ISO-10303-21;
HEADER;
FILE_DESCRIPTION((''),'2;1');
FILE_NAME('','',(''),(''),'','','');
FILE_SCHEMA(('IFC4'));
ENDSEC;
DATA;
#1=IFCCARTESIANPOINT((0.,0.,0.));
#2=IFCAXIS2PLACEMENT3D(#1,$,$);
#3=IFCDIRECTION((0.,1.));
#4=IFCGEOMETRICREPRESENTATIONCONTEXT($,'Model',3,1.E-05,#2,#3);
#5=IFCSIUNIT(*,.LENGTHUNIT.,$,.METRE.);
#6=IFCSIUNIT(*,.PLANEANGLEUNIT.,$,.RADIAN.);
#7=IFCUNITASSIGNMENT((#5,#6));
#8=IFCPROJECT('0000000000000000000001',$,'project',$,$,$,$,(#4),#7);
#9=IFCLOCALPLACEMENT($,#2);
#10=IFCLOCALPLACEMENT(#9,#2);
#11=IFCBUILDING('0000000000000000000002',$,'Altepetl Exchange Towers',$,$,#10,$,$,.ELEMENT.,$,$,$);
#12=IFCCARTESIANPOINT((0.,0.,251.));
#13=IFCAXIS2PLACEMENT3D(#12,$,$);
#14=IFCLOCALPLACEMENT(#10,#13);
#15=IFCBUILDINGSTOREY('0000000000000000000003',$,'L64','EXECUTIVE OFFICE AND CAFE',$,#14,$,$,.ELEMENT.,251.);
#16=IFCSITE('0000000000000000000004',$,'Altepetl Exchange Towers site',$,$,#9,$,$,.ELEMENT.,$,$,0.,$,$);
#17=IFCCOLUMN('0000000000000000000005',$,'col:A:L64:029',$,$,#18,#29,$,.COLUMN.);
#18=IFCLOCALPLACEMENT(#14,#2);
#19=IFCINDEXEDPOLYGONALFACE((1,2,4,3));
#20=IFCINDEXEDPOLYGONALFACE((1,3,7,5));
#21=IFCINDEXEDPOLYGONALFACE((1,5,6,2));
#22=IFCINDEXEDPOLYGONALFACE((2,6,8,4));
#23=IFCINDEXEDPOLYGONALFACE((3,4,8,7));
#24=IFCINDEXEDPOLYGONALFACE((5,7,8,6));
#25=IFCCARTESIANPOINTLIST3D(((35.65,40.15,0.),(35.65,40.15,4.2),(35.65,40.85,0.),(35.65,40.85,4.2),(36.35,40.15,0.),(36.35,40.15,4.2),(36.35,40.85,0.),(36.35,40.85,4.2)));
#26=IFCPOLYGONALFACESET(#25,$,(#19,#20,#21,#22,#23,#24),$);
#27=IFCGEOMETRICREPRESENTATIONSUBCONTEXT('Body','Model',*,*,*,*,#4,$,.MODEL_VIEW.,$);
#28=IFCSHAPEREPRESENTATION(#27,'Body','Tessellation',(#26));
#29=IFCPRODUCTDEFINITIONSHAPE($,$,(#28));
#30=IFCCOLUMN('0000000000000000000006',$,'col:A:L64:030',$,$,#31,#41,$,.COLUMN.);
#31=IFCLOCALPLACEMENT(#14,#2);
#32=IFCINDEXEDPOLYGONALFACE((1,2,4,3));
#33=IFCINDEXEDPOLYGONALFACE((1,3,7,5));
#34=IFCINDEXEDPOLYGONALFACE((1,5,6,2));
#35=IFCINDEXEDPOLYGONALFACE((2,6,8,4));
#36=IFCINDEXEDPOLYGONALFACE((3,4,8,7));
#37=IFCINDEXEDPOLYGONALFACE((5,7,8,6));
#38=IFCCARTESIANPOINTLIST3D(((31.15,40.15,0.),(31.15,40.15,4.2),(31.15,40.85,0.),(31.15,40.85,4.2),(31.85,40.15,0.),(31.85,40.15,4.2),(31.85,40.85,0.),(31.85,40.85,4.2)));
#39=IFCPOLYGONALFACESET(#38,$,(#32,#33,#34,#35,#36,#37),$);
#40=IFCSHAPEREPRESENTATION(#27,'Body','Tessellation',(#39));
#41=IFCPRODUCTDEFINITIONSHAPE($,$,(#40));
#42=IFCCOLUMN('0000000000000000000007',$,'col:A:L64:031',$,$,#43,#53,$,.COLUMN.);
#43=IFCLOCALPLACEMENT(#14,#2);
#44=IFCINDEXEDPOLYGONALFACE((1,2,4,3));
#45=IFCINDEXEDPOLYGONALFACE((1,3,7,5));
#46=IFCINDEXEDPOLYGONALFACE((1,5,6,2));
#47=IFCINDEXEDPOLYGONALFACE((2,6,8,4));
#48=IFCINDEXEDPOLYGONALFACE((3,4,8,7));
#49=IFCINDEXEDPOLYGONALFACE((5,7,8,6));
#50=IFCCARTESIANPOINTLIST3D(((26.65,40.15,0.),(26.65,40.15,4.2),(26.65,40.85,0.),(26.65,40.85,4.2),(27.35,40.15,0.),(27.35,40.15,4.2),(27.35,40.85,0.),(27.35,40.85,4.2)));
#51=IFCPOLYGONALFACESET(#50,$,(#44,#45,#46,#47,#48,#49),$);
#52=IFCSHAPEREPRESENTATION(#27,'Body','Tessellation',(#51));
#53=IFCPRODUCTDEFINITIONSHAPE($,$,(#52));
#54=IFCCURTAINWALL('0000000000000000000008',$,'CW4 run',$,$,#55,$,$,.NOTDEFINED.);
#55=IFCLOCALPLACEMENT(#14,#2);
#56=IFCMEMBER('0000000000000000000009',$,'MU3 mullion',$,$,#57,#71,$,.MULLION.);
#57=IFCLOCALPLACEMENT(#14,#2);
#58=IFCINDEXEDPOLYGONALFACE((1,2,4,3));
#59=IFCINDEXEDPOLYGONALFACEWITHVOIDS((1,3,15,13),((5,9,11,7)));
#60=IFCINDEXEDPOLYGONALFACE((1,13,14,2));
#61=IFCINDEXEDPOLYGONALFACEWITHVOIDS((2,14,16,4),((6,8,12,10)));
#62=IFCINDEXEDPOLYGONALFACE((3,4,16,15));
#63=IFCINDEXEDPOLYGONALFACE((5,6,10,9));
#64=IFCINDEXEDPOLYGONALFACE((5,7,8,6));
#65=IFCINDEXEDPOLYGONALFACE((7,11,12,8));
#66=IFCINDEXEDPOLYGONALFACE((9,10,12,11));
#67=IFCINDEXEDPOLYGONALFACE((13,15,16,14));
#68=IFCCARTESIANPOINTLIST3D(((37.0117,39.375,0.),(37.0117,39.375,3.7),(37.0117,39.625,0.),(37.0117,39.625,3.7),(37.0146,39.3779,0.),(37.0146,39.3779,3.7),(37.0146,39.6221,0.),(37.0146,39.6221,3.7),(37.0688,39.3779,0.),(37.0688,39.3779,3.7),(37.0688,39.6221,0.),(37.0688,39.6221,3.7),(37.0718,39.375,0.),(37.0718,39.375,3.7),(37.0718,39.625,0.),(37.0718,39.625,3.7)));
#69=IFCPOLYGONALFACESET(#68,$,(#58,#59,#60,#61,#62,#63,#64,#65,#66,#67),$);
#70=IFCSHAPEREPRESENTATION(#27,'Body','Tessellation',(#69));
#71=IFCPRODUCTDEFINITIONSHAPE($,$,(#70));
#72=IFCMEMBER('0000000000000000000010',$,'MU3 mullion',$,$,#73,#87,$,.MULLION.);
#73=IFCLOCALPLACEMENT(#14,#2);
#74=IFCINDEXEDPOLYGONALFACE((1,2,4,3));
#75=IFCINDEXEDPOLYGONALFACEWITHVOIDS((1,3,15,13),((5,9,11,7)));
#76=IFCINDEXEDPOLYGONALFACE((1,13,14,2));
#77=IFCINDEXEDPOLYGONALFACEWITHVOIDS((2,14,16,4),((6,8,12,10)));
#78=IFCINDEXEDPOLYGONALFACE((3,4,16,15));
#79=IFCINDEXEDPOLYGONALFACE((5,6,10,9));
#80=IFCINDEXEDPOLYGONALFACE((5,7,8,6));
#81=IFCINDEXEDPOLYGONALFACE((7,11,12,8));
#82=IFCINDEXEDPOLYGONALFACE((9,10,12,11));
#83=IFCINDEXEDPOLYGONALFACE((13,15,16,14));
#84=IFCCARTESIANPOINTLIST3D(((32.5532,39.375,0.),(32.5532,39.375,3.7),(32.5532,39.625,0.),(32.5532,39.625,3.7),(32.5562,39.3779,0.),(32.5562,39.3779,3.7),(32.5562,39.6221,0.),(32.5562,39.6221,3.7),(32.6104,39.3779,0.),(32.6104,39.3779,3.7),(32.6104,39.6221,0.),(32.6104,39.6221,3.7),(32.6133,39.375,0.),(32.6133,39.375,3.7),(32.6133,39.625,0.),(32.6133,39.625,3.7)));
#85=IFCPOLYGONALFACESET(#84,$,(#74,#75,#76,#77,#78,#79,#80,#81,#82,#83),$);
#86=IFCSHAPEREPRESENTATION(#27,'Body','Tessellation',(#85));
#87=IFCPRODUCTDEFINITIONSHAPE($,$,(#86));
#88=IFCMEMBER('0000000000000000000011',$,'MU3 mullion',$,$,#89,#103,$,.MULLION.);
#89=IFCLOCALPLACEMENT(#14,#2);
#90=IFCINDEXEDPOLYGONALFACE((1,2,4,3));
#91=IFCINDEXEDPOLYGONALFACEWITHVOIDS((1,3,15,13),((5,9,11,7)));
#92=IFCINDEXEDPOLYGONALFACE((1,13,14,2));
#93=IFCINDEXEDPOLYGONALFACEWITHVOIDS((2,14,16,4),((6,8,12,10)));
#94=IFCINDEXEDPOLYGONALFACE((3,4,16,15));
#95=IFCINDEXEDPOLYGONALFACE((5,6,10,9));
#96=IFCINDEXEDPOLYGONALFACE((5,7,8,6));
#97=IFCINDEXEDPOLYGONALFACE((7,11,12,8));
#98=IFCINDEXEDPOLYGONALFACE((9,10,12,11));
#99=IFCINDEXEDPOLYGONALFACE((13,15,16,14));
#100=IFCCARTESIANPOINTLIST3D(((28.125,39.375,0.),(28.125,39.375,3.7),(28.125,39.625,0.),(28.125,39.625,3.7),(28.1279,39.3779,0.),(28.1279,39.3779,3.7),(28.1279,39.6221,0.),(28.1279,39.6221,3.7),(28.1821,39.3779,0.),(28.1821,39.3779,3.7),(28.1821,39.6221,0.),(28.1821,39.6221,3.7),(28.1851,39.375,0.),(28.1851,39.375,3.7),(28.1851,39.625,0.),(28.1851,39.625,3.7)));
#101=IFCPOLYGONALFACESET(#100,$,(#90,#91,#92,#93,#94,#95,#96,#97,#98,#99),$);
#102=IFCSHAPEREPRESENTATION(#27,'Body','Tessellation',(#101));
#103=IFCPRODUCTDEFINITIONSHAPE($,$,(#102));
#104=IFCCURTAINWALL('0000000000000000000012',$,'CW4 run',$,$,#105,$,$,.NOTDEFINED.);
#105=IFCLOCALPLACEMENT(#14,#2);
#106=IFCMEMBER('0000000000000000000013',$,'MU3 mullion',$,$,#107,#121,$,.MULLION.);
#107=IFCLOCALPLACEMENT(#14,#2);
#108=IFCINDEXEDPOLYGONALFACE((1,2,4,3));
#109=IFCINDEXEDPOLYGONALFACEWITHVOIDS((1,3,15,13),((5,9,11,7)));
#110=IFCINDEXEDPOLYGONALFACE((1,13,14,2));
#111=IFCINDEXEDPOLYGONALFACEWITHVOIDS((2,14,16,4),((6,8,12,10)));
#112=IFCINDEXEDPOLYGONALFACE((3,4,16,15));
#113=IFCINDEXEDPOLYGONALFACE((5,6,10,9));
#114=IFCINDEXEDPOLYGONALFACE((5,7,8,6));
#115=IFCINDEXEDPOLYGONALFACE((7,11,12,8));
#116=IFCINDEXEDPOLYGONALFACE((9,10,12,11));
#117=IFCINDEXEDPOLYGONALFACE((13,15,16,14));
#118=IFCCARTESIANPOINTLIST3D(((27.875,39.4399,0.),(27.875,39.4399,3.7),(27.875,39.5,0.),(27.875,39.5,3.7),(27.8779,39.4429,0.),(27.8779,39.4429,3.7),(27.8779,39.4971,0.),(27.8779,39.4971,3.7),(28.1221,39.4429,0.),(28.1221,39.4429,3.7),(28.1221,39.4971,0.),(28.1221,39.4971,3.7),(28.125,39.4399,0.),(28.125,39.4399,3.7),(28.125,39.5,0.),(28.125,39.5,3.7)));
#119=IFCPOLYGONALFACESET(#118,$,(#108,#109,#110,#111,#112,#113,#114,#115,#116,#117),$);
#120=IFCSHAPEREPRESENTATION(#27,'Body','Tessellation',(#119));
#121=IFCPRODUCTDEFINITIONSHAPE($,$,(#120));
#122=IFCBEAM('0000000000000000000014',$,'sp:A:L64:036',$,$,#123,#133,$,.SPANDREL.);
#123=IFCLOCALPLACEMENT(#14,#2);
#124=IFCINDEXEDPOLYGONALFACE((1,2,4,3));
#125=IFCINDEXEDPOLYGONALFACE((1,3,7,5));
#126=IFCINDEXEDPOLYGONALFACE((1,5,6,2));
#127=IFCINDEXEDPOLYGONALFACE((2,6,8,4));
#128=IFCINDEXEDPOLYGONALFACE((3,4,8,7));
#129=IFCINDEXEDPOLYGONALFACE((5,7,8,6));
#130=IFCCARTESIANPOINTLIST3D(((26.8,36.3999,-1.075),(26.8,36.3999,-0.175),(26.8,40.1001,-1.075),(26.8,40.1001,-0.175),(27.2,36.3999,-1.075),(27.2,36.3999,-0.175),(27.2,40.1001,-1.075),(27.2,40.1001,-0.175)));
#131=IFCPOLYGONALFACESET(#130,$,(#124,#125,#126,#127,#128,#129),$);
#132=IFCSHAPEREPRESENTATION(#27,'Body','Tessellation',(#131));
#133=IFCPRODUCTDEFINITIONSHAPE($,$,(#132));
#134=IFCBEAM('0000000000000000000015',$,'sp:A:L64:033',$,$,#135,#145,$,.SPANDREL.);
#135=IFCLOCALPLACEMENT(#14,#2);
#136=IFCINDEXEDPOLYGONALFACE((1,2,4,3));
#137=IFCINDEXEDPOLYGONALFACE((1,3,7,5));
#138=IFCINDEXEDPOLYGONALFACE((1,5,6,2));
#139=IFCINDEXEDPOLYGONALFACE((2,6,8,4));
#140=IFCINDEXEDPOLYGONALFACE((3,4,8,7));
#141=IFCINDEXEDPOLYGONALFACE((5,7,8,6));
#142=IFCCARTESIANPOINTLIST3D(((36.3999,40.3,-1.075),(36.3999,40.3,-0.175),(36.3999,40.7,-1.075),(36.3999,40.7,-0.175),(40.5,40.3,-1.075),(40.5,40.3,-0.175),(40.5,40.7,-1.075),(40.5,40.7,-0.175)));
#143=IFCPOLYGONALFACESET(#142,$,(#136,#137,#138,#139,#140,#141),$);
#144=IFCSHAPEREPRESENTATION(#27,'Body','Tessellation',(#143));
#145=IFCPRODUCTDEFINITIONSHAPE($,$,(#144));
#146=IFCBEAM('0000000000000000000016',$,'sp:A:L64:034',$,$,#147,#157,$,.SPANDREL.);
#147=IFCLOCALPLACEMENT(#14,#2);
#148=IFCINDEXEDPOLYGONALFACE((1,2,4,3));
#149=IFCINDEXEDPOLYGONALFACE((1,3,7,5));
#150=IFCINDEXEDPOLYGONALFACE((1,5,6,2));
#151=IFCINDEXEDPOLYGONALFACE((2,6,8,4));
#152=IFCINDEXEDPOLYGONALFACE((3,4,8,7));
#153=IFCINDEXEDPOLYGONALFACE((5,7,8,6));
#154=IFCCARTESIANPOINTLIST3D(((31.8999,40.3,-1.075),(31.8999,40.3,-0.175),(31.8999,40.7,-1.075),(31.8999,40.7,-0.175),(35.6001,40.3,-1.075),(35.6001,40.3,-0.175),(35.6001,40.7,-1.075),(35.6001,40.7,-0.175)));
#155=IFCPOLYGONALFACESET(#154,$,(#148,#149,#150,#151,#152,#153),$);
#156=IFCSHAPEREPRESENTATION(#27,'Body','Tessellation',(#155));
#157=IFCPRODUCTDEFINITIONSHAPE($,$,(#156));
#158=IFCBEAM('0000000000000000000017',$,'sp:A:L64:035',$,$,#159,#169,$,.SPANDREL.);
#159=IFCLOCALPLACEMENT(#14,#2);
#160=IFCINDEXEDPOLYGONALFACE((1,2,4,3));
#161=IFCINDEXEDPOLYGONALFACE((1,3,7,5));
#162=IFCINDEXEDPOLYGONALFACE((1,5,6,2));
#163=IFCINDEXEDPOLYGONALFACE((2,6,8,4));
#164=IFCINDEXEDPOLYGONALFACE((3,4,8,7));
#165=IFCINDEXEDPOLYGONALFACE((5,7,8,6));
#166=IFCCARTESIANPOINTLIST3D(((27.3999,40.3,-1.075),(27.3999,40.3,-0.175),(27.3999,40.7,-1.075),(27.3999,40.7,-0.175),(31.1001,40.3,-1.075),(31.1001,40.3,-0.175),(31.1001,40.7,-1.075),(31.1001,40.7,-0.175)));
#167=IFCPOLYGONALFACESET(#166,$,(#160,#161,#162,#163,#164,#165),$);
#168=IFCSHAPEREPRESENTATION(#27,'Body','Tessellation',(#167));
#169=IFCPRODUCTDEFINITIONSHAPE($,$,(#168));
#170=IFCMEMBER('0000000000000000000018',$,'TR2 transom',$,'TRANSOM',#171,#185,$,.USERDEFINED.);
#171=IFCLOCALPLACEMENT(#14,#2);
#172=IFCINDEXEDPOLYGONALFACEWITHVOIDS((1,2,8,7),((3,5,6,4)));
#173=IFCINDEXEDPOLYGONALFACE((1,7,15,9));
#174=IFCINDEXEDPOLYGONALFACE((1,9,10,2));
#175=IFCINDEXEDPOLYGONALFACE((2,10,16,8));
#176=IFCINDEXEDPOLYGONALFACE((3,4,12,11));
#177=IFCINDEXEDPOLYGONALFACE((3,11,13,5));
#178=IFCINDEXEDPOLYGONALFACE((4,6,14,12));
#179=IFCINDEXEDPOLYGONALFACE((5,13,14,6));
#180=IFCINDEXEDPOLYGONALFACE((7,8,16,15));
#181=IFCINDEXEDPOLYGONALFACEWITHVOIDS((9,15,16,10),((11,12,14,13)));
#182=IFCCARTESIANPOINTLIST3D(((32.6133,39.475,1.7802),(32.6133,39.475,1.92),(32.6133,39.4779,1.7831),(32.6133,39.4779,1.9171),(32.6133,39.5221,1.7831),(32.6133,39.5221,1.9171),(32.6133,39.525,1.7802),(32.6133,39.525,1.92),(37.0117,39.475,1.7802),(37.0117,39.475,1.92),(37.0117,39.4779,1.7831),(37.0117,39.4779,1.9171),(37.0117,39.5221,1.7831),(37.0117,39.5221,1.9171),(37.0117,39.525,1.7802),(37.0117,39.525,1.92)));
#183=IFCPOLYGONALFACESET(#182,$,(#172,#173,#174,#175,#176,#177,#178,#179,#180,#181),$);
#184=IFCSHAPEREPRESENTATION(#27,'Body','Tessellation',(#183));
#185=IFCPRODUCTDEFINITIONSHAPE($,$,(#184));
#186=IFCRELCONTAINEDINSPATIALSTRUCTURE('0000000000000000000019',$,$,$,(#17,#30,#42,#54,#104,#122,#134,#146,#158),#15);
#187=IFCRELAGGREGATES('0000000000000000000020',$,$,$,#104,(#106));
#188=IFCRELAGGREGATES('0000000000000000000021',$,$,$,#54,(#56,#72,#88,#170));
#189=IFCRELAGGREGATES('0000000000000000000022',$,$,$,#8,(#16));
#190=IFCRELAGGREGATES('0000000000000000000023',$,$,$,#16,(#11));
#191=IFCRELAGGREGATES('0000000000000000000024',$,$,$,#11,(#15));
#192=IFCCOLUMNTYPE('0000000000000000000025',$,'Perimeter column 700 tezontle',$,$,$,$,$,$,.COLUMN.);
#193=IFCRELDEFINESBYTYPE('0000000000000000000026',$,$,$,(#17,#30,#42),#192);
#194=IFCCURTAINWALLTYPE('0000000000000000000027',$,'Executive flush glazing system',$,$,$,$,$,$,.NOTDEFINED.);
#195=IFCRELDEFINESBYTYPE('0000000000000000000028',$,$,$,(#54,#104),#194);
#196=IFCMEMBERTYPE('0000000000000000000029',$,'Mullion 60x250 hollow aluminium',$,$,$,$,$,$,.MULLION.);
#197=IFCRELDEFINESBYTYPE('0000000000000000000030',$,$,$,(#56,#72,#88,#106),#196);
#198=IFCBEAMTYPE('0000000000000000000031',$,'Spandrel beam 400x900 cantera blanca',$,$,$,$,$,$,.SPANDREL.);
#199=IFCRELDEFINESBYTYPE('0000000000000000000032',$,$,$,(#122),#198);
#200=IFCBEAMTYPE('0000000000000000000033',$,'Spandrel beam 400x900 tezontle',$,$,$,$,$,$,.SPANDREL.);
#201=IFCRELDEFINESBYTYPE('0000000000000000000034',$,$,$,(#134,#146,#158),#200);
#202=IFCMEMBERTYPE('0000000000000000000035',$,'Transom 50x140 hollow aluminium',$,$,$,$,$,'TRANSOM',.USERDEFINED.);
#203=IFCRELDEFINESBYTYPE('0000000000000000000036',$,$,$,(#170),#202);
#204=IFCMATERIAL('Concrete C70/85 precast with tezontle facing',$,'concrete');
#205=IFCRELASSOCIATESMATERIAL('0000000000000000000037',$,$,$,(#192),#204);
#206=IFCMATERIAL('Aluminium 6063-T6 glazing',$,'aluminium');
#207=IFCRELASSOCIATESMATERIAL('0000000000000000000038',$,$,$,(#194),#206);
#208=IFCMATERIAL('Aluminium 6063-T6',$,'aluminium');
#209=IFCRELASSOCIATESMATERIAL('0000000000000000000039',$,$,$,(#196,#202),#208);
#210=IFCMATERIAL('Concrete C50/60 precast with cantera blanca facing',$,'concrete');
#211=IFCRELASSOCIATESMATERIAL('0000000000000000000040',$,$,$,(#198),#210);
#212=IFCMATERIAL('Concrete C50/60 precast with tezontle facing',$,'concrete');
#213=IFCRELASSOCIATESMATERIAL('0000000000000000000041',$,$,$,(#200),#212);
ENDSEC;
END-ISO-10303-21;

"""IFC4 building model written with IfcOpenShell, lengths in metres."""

from ifc_helpers import new_model, si_unit, direction, frame, origin, origin_2d, place, context, subcontext, project, spatial, rectangle, hollow_rectangle, extrude, material, material_profile, profile_set, type_object, element, aggregate, save


model = new_model("IFC4")

# Units and contexts
model_context = context("Model", 3, precision=1e-05, world=origin(), true_north=direction((0.0, 1.0)))
body_context = subcontext(model_context, "Body", "Model", "MODEL_VIEW")
ifc_project = project(units=[si_unit("LENGTHUNIT", "METRE"), si_unit("PLANEANGLEUNIT", "RADIAN")], contexts=[model_context])

# Site, building, storey
site_placement = place(None, origin())
site = spatial("IfcSite", under=ifc_project, at=site_placement, Name="Altepetl Exchange Towers site", CompositionType="ELEMENT", RefElevation=0.0)
building_placement = place(site_placement, origin())
building = spatial("IfcBuilding", under=site, at=building_placement, Name="Altepetl Exchange Towers", CompositionType="ELEMENT")
storey_placement = place(building_placement, frame((0.0, 0.0, 251.0)))
storey = spatial("IfcBuildingStorey", under=building, at=storey_placement, Name="L64", Description="EXECUTIVE OFFICE AND CAFE", CompositionType="ELEMENT", Elevation=251.0)

# Columns
ifc_material_1 = material(Name="Concrete C70/85 precast with tezontle facing", Category="concrete")
ifc_material_profile_1 = material_profile(ifc_material_1, rectangle(XDim=0.7, YDim=0.7, at=origin_2d()), Name="700 x 700")
ifc_profile_set_1 = profile_set([ifc_material_profile_1], Name="Concrete C70/85 precast with tezontle facing")
column_type = type_object("IfcColumnType", Name="Perimeter column 700 tezontle", PredefinedType="COLUMN", material=ifc_profile_set_1)
for number, where, name in (
    (1, (36.0, 40.5, 0.0), "col:A:L64:029"),
    (2, (31.5, 40.5, 0.0), "col:A:L64:030"),
    (3, (27.0, 40.5, 0.0), "col:A:L64:031"),
):
    element("IfcColumn", number, at=place(storey_placement, frame(where)), inside=storey, type_object=column_type, Name=name, PredefinedType="COLUMN", context=body_context, shape_type="SweptSolid", body=[
        extrude(rectangle(XDim=0.7, YDim=0.7, at=origin_2d()), origin(), (0.0, 0.0, 1.0), 4.2),
    ])

# Curtain wall, members
ifc_material_2 = material(Name="Aluminium 6063-T6 glazing", Category="aluminium")
curtain_wall_type = type_object("IfcCurtainWallType", Name="Executive flush glazing system", PredefinedType="NOTDEFINED", material=ifc_material_2)
curtain_wall_1_placement = place(storey_placement, origin())
curtain_wall_1 = element("IfcCurtainWall", 4, at=curtain_wall_1_placement, inside=storey, type_object=curtain_wall_type, Name="CW4 run", PredefinedType="NOTDEFINED")
ifc_material_3 = material(Name="Aluminium 6063-T6", Category="aluminium")
ifc_material_profile_2 = material_profile(ifc_material_3, hollow_rectangle(XDim=0.0601, YDim=0.25, WallThickness=0.0029, at=origin_2d()), Name="Mullion 60x250 hollow aluminium")
ifc_profile_set_2 = profile_set([ifc_material_profile_2], Name="Aluminium 6063-T6")
member_type_1 = type_object("IfcMemberType", Name="Mullion 60x250 hollow aluminium", PredefinedType="MULLION", material=ifc_profile_set_2)
member_1_placement = place(storey_placement, frame((37.0417, 39.5, 0.0), z_axis=(0.0, 0.0, 1.0), x_axis=(-1.0, 0.0, 0.0)))
member_1 = element("IfcMember", 5, at=member_1_placement, type_object=member_type_1, Name="MU3 mullion", PredefinedType="MULLION", context=body_context, shape_type="SweptSolid", body=[
    extrude(hollow_rectangle(XDim=0.0601, YDim=0.25, WallThickness=0.0029, at=origin_2d()), origin(), (0.0, 0.0, 1.0), 3.7),
])
member_2_placement = place(storey_placement, frame((32.5833, 39.5, 0.0), z_axis=(0.0, 0.0, 1.0), x_axis=(-1.0, 0.0, 0.0)))
member_2 = element("IfcMember", 6, at=member_2_placement, type_object=member_type_1, Name="MU3 mullion", PredefinedType="MULLION", context=body_context, shape_type="SweptSolid", body=[
    extrude(hollow_rectangle(XDim=0.0601, YDim=0.25, WallThickness=0.0029, at=origin_2d()), origin(), (0.0, 0.0, 1.0), 3.7),
])
member_3_placement = place(storey_placement, frame((28.155, 39.5, 0.0), z_axis=(0.0, 0.0, 1.0), x_axis=(-1.0, 0.0, 0.0)))
member_3 = element("IfcMember", 7, at=member_3_placement, type_object=member_type_1, Name="MU3 mullion", PredefinedType="MULLION", context=body_context, shape_type="SweptSolid", body=[
    extrude(hollow_rectangle(XDim=0.0601, YDim=0.25, WallThickness=0.0029, at=origin_2d()), origin(), (0.0, 0.0, 1.0), 3.7),
])

# Curtain wall, member
curtain_wall_2_placement = place(storey_placement, origin())
curtain_wall_2 = element("IfcCurtainWall", 8, at=curtain_wall_2_placement, inside=storey, type_object=curtain_wall_type, Name="CW4 run", PredefinedType="NOTDEFINED")
member_4_placement = place(storey_placement, frame((28.0, 39.47, 0.0), z_axis=(0.0, 0.0, 1.0), x_axis=(0.0, -1.0, 0.0)))
member_4 = element("IfcMember", 9, at=member_4_placement, type_object=member_type_1, Name="MU3 mullion", PredefinedType="MULLION", context=body_context, shape_type="SweptSolid", body=[
    extrude(hollow_rectangle(XDim=0.0601, YDim=0.25, WallThickness=0.0029, at=origin_2d()), origin(), (0.0, 0.0, 1.0), 3.7),
])
aggregate(curtain_wall_2, [member_4])

# Beams
ifc_material_4 = material(Name="Concrete C50/60 precast with cantera blanca facing", Category="concrete")
ifc_material_profile_3 = material_profile(ifc_material_4, rectangle(XDim=0.3999, YDim=0.8999, at=origin_2d()), Name="400 x 900")
ifc_profile_set_3 = profile_set([ifc_material_profile_3], Name="Concrete C50/60 precast with cantera blanca facing")
beam_type_1 = type_object("IfcBeamType", Name="Spandrel beam 400x900 cantera blanca", PredefinedType="SPANDREL", material=ifc_profile_set_3)
beam_1_placement = place(storey_placement, frame((27.0, 40.1001, -0.625), z_axis=(0.0, -1.0, 0.0), x_axis=(1.0, 0.0, 0.0)))
element("IfcBeam", 10, at=beam_1_placement, inside=storey, type_object=beam_type_1, Name="sp:A:L64:036", PredefinedType="SPANDREL", context=body_context, shape_type="SweptSolid", body=[
    extrude(rectangle(XDim=0.3999, YDim=0.8999, at=origin_2d()), origin(), (0.0, 0.0, 1.0), 3.7002),
])
ifc_material_5 = material(Name="Concrete C50/60 precast with tezontle facing", Category="concrete")
ifc_material_profile_4 = material_profile(ifc_material_5, rectangle(XDim=0.3999, YDim=0.8999, at=origin_2d()), Name="400 x 900")
ifc_profile_set_4 = profile_set([ifc_material_profile_4], Name="Concrete C50/60 precast with tezontle facing")
beam_type_2 = type_object("IfcBeamType", Name="Spandrel beam 400x900 tezontle", PredefinedType="SPANDREL", material=ifc_profile_set_4)
beam_2_placement = place(storey_placement, frame((40.5, 40.5, -0.625), z_axis=(-1.0, 0.0, 0.0), x_axis=(0.0, -1.0, 0.0)))
element("IfcBeam", 11, at=beam_2_placement, inside=storey, type_object=beam_type_2, Name="sp:A:L64:033", PredefinedType="SPANDREL", context=body_context, shape_type="SweptSolid", body=[
    extrude(rectangle(XDim=0.3999, YDim=0.8999, at=origin_2d()), origin(), (0.0, 0.0, 1.0), 4.1001),
])
for number, where, z_axis, x_axis, name in (
    (12, (35.6001, 40.5, -0.625), (-1.0, 0.0, 0.0), (0.0, -1.0, 0.0), "sp:A:L64:034"),
    (13, (31.1001, 40.5, -0.625), (-1.0, 0.0, 0.0), (0.0, -1.0, 0.0), "sp:A:L64:035"),
):
    element("IfcBeam", number, at=place(storey_placement, frame(where, z_axis=z_axis, x_axis=x_axis)), inside=storey, type_object=beam_type_2, Name=name, PredefinedType="SPANDREL", context=body_context, shape_type="SweptSolid", body=[
        extrude(rectangle(XDim=0.3999, YDim=0.8999, at=origin_2d()), origin(), (0.0, 0.0, 1.0), 3.7002),
    ])

# Member
ifc_material_profile_5 = material_profile(ifc_material_3, hollow_rectangle(XDim=0.05, YDim=0.1399, WallThickness=0.0029, at=origin_2d()), Name="Transom 50x140 hollow aluminium")
ifc_profile_set_5 = profile_set([ifc_material_profile_5], Name="Aluminium 6063-T6")
member_type_2 = type_object("IfcMemberType", Name="Transom 50x140 hollow aluminium", ElementType="TRANSOM", PredefinedType="USERDEFINED", material=ifc_profile_set_5)
member_5_placement = place(storey_placement, frame((37.0117, 39.5, 1.8501), z_axis=(-1.0, 0.0, 0.0), x_axis=(0.0, -1.0, 0.0)))
member_5 = element("IfcMember", 14, at=member_5_placement, type_object=member_type_2, Name="TR2 transom", ObjectType="TRANSOM", PredefinedType="USERDEFINED", context=body_context, shape_type="SweptSolid", body=[
    extrude(hollow_rectangle(XDim=0.05, YDim=0.1399, WallThickness=0.0029, at=origin_2d()), origin(), (0.0, 0.0, 1.0), 4.3984),
])

aggregate(curtain_wall_1, [member_1, member_2, member_3, member_5])

save(model, "model.ifc")
